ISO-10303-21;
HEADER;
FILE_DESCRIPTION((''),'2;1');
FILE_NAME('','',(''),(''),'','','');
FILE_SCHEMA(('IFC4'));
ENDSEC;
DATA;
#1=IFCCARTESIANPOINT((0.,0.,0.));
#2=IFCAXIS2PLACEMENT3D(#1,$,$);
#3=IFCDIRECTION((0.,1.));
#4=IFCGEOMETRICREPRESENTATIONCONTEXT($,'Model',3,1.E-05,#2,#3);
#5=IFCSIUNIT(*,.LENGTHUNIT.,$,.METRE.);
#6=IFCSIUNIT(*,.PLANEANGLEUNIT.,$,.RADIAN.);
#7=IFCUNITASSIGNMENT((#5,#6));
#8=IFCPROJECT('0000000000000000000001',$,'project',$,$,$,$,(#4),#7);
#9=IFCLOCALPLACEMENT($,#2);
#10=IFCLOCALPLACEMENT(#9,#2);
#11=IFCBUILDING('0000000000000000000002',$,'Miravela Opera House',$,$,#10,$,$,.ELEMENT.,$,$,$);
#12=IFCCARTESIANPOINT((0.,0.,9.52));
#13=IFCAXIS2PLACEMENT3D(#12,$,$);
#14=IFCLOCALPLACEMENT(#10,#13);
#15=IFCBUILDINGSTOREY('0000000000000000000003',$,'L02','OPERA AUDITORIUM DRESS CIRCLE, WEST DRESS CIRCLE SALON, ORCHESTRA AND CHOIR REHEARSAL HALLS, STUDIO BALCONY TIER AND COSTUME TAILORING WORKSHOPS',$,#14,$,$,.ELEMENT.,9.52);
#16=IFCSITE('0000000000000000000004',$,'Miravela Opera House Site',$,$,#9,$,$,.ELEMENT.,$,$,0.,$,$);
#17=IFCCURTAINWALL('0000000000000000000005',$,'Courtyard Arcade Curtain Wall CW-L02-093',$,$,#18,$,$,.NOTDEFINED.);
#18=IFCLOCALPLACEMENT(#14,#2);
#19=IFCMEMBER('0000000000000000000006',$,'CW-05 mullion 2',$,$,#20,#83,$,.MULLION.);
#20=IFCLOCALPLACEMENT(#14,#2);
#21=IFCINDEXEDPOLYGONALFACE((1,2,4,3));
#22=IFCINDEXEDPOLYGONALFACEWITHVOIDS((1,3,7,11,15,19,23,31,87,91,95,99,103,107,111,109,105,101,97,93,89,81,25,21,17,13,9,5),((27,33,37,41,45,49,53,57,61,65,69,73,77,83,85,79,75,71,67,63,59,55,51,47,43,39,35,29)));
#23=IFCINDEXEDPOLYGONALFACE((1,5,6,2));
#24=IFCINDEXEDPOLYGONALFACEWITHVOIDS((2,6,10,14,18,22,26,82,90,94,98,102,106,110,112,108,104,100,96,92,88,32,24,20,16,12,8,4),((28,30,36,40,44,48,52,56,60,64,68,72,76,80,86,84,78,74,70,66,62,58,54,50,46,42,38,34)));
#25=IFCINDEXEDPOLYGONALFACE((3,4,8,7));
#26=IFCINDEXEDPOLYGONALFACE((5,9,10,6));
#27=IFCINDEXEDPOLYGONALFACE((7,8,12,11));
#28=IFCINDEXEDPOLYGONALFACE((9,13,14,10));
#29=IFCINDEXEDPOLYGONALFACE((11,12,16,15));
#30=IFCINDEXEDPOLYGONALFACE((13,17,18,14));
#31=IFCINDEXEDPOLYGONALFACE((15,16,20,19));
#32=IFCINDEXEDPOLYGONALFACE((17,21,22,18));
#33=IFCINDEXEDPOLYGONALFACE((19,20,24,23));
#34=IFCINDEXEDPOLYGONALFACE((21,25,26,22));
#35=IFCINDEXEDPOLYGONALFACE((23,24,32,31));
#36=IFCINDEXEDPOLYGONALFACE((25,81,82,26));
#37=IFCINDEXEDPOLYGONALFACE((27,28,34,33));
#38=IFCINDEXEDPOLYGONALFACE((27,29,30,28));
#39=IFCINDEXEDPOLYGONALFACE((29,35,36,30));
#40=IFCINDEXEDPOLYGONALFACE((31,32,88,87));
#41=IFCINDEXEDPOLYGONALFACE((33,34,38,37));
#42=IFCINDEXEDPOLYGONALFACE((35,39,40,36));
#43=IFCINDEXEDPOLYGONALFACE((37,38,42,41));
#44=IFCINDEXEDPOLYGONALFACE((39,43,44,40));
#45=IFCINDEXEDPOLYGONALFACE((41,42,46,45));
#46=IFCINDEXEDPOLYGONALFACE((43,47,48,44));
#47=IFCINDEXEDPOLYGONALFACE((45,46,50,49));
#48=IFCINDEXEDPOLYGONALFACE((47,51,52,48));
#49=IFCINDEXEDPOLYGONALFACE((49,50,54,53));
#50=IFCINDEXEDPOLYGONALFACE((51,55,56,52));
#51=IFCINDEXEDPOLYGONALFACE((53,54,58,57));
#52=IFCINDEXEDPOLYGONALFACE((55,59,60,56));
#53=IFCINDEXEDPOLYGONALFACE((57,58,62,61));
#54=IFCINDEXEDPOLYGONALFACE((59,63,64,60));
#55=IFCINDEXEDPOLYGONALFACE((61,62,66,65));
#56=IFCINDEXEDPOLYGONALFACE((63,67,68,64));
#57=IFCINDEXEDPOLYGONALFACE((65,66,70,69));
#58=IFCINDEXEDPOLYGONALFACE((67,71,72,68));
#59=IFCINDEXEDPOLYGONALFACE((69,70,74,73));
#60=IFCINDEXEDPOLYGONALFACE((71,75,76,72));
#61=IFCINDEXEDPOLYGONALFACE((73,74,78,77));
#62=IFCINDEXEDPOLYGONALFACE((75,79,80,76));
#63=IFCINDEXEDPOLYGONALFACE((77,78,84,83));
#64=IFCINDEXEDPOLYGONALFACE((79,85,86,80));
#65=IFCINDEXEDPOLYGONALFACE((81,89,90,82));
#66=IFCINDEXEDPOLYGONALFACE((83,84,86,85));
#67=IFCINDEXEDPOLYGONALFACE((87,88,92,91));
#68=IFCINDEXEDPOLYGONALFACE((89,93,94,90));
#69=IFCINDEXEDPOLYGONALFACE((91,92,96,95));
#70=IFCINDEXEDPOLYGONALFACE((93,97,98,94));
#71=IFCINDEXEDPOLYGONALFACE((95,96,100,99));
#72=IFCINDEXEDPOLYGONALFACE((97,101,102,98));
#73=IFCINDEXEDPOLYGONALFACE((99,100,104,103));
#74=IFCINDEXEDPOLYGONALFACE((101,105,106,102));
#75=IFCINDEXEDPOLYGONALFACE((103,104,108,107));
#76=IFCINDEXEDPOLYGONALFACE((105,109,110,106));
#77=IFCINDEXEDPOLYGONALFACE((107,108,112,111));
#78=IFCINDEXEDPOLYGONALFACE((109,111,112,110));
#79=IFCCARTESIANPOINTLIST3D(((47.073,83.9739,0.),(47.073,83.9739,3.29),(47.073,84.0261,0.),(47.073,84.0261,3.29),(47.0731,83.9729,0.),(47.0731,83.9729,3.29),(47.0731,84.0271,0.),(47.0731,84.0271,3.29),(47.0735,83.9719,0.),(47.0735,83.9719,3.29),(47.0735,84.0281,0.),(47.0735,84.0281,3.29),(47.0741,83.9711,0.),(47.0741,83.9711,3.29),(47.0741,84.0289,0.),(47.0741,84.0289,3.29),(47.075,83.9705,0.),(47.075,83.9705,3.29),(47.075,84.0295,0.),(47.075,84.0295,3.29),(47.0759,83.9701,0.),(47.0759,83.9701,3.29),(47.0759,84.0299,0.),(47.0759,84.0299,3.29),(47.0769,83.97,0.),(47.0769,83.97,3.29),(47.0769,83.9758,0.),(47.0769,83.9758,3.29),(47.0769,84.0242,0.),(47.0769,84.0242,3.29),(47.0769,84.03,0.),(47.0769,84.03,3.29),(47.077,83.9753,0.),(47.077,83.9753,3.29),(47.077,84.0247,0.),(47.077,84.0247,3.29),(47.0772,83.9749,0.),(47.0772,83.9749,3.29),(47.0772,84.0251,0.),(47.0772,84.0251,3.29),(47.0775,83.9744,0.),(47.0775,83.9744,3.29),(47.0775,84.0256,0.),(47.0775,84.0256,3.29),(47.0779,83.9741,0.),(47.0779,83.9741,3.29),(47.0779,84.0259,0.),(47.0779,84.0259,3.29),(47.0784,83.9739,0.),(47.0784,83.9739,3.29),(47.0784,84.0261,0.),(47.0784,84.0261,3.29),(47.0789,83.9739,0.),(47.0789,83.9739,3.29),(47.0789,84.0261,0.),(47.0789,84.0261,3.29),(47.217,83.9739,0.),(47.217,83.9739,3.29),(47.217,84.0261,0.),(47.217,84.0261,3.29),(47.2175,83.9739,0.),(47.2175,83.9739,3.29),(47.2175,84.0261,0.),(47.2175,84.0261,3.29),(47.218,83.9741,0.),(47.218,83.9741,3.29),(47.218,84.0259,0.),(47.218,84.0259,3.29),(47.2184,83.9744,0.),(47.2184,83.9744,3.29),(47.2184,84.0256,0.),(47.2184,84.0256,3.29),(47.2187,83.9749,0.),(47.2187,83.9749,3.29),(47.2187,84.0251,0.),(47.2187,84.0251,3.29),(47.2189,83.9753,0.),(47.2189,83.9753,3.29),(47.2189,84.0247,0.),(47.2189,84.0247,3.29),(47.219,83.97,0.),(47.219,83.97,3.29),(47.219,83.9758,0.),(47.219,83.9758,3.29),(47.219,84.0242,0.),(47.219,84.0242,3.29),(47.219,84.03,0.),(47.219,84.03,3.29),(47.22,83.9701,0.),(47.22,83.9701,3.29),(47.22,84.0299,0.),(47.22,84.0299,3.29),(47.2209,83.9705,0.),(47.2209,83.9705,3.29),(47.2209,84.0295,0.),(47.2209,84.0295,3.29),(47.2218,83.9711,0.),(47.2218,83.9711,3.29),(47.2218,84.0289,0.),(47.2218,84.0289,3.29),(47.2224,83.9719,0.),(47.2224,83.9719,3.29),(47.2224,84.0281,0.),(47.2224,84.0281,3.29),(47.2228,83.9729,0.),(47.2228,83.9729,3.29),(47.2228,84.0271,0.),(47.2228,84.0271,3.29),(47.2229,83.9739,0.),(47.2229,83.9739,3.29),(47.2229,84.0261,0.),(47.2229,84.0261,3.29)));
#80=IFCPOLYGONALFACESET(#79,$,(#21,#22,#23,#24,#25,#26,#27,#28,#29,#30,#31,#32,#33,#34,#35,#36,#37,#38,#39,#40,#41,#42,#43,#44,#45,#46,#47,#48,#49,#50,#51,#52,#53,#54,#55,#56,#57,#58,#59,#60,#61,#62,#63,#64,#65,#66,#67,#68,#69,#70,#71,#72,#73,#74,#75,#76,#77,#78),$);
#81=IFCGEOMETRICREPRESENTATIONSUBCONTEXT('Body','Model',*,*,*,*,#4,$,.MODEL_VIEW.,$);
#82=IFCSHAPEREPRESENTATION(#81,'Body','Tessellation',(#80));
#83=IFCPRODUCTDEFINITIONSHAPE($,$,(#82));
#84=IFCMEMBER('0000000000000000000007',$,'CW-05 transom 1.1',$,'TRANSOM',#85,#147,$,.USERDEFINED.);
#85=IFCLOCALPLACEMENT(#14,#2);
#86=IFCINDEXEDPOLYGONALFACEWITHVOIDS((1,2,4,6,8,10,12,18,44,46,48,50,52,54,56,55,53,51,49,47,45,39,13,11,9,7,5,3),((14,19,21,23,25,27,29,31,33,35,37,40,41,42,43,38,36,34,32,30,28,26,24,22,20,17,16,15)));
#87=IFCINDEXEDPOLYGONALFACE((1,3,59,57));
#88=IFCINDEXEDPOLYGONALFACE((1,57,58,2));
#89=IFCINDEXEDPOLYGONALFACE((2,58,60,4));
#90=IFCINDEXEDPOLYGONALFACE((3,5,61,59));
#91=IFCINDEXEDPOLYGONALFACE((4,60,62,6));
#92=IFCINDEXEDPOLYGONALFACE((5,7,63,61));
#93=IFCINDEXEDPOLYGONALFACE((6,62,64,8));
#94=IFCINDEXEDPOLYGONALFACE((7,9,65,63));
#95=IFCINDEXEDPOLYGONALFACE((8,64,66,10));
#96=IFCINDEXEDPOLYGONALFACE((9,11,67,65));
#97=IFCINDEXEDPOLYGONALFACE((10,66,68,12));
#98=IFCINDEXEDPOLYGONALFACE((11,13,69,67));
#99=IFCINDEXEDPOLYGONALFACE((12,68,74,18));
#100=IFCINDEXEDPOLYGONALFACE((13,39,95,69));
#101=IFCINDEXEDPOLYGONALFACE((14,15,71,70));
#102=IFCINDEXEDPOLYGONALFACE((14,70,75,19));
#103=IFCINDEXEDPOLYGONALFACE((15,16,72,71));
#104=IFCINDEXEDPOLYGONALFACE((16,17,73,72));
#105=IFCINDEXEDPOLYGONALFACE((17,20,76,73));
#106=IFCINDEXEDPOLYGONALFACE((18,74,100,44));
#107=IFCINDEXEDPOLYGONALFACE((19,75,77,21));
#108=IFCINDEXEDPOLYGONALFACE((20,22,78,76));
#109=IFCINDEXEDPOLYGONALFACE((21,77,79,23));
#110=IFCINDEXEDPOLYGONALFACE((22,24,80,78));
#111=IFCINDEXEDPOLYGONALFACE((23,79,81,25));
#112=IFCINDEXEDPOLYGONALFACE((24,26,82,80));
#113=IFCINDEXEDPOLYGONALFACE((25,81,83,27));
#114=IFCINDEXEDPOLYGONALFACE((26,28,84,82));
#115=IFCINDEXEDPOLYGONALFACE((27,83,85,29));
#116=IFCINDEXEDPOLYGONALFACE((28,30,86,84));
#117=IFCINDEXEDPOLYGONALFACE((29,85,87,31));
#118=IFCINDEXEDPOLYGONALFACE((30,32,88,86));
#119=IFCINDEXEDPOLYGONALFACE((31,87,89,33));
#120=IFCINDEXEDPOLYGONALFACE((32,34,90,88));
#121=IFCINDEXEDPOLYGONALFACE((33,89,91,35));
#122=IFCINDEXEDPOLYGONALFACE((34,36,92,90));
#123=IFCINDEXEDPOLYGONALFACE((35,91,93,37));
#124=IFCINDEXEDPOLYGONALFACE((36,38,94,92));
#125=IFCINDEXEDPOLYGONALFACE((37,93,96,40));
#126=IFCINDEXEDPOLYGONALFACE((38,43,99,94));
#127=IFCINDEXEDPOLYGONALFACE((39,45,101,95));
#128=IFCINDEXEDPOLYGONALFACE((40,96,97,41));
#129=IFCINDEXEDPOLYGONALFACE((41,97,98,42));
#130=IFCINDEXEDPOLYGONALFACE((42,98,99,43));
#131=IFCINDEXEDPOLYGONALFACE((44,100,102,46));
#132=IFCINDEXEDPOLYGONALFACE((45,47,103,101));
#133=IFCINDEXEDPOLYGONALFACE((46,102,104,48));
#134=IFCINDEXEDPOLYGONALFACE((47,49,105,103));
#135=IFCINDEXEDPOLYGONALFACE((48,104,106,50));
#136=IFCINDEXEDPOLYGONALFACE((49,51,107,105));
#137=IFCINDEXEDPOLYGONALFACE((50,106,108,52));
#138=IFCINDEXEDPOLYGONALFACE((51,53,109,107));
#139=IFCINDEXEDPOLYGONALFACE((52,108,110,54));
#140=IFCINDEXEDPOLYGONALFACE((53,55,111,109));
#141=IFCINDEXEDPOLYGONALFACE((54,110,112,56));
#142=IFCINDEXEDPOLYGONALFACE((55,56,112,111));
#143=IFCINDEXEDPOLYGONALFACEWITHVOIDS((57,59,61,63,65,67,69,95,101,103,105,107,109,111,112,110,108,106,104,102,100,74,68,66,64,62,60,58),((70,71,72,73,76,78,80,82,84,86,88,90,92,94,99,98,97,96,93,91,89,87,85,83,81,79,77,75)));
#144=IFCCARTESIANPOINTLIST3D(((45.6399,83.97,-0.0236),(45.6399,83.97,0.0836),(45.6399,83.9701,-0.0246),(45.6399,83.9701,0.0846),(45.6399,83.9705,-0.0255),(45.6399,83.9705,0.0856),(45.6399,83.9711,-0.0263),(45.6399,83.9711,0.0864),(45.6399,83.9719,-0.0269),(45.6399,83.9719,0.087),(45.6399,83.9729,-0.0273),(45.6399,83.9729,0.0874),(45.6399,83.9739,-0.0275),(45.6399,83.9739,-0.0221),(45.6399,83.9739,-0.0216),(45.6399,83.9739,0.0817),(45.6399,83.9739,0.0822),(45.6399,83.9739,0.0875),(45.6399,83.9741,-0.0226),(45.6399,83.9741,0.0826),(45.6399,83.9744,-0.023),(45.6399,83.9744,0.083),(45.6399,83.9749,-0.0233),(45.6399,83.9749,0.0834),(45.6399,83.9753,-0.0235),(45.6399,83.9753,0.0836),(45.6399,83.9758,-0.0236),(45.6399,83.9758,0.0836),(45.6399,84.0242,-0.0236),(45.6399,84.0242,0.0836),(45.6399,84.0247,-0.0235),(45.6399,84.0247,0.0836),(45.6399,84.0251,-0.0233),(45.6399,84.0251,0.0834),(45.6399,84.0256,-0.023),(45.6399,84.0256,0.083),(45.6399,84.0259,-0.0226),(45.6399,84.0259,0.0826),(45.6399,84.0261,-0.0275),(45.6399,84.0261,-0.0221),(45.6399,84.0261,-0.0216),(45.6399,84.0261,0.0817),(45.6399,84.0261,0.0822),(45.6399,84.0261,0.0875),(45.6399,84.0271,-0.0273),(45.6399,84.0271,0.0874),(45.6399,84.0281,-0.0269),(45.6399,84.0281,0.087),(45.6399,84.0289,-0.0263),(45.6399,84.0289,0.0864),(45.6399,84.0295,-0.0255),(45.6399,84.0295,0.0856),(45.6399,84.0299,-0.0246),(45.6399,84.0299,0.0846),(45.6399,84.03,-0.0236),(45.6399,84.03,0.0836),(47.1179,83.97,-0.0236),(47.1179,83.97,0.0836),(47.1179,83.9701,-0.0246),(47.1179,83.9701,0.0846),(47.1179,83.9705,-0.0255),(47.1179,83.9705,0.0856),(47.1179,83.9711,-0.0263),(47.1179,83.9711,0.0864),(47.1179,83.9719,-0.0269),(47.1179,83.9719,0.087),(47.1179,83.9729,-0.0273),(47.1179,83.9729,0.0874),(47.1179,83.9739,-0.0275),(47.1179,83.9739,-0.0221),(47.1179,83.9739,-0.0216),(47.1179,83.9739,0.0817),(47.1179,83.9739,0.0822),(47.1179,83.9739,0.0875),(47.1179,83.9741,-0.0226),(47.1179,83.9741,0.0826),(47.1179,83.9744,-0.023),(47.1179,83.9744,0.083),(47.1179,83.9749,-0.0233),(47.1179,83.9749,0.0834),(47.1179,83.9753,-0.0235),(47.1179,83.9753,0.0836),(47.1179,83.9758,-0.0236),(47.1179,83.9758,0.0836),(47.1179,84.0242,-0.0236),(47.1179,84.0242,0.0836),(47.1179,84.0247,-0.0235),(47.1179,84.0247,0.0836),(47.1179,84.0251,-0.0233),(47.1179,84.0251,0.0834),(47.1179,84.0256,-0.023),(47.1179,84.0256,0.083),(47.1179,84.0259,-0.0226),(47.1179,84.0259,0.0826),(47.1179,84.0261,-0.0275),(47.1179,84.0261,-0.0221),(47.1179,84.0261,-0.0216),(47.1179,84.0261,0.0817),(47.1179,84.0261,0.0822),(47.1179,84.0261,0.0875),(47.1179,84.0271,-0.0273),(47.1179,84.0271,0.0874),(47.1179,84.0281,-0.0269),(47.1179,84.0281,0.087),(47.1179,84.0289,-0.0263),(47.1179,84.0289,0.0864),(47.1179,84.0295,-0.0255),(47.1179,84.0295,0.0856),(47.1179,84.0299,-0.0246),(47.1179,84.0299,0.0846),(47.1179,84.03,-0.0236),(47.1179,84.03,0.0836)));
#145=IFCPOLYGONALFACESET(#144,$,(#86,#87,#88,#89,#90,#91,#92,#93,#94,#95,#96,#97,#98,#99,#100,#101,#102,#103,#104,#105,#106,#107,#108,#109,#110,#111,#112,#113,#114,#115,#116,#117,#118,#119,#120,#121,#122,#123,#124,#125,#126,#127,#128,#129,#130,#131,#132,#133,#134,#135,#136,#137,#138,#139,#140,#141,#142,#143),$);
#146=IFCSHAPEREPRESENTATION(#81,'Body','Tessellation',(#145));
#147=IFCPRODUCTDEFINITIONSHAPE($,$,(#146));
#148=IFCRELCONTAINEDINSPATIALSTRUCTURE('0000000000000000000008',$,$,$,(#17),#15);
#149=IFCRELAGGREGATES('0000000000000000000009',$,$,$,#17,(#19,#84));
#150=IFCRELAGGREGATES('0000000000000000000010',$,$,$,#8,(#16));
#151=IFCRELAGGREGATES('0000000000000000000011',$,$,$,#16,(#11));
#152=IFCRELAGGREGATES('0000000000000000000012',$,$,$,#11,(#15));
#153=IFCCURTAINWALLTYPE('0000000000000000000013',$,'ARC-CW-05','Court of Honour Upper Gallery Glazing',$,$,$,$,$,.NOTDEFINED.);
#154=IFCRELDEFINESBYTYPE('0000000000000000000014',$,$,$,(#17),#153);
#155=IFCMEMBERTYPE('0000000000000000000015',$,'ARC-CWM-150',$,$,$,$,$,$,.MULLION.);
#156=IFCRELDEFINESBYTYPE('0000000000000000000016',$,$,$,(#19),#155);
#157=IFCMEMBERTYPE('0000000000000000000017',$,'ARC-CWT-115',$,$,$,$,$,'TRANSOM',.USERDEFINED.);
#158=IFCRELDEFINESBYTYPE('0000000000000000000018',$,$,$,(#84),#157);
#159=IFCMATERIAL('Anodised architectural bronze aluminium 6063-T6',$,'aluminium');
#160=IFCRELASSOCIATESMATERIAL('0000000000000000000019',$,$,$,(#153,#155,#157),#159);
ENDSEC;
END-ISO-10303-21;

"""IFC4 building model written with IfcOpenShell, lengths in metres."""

from ifc_helpers import new_model, si_unit, direction, frame, origin, origin_2d, place, context, subcontext, project, spatial, hollow_rectangle, extrude, material, material_profile, profile_set, type_object, element, aggregate, save


model = new_model("IFC4")

# Units and contexts
model_context = context("Model", 3, precision=1e-05, world=origin(), true_north=direction((0.0, 1.0)))
body_context = subcontext(model_context, "Body", "Model", "MODEL_VIEW")
ifc_project = project(units=[si_unit("LENGTHUNIT", "METRE"), si_unit("PLANEANGLEUNIT", "RADIAN")], contexts=[model_context])

# Site, building, storey
site_placement = place(None, origin())
site = spatial("IfcSite", under=ifc_project, at=site_placement, Name="Miravela Opera House Site", CompositionType="ELEMENT", RefElevation=0.0)
building_placement = place(site_placement, origin())
building = spatial("IfcBuilding", under=site, at=building_placement, Name="Miravela Opera House", CompositionType="ELEMENT")
storey_placement = place(building_placement, frame((0.0, 0.0, 9.52)))
storey = spatial("IfcBuildingStorey", under=building, at=storey_placement, Name="L02", Description="OPERA AUDITORIUM DRESS CIRCLE, WEST DRESS CIRCLE SALON, ORCHESTRA AND CHOIR REHEARSAL HALLS, STUDIO BALCONY TIER AND COSTUME TAILORING WORKSHOPS", CompositionType="ELEMENT", Elevation=9.52)

# Shared definitions
ifc_material_1 = material(Name="Anodised architectural bronze aluminium 6063-T6", Category="aluminium")
curtain_wall_type = type_object("IfcCurtainWallType", Name="ARC-CW-05", Description="Court of Honour Upper Gallery Glazing", PredefinedType="NOTDEFINED", material=ifc_material_1)
ifc_material_profile_1 = material_profile(ifc_material_1, hollow_rectangle(XDim=0.0601, YDim=0.1499, WallThickness=0.0039, InnerFilletRadius=0.002, OuterFilletRadius=0.0039, at=origin_2d()), Name="CWM-60X150")
ifc_profile_set_1 = profile_set([ifc_material_profile_1])
member_type_1 = type_object("IfcMemberType", Name="ARC-CWM-150", PredefinedType="MULLION", material=ifc_profile_set_1)

# Curtain wall, members
curtain_wall_1_placement = place(storey_placement, origin())
curtain_wall_1 = element("IfcCurtainWall", 1, at=curtain_wall_1_placement, inside=storey, type_object=curtain_wall_type, Name="Courtyard Arcade Curtain Wall CW-L02-093", PredefinedType="NOTDEFINED")
member_1_placement = place(storey_placement, frame((47.1479, 84.0, 0.0), z_axis=(0.0, 0.0, 1.0), x_axis=(0.0, 1.0, 0.0)))
member_1 = element("IfcMember", 2, at=member_1_placement, type_object=member_type_1, Name="CW-05 mullion 2", PredefinedType="MULLION", context=body_context, shape_type="SweptSolid", body=[
    extrude(hollow_rectangle(XDim=0.0601, YDim=0.1499, WallThickness=0.0039, InnerFilletRadius=0.002, OuterFilletRadius=0.0039, at=origin_2d()), origin(), (0.0, 0.0, 1.0), 3.29),
])
ifc_material_profile_2 = material_profile(ifc_material_1, hollow_rectangle(XDim=0.0601, YDim=0.115, WallThickness=0.0039, InnerFilletRadius=0.002, OuterFilletRadius=0.0039, at=origin_2d()), Name="CWT-60X115")
ifc_profile_set_2 = profile_set([ifc_material_profile_2])
member_type_2 = type_object("IfcMemberType", Name="ARC-CWT-115", ElementType="TRANSOM", PredefinedType="USERDEFINED", material=ifc_profile_set_2)
member_2_placement = place(storey_placement, frame((45.6399, 84.0, 0.03), z_axis=(1.0, 0.0, 0.0), x_axis=(0.0, 1.0, 0.0)))
member_2 = element("IfcMember", 3, at=member_2_placement, type_object=member_type_2, Name="CW-05 transom 1.1", ObjectType="TRANSOM", PredefinedType="USERDEFINED", context=body_context, shape_type="SweptSolid", body=[
    extrude(hollow_rectangle(XDim=0.0601, YDim=0.115, WallThickness=0.0039, InnerFilletRadius=0.002, OuterFilletRadius=0.0039, at=origin_2d()), origin(), (0.0, 0.0, 1.0), 1.478),
])

aggregate(curtain_wall_1, [member_1, member_2])

save(model, "model.ifc")
